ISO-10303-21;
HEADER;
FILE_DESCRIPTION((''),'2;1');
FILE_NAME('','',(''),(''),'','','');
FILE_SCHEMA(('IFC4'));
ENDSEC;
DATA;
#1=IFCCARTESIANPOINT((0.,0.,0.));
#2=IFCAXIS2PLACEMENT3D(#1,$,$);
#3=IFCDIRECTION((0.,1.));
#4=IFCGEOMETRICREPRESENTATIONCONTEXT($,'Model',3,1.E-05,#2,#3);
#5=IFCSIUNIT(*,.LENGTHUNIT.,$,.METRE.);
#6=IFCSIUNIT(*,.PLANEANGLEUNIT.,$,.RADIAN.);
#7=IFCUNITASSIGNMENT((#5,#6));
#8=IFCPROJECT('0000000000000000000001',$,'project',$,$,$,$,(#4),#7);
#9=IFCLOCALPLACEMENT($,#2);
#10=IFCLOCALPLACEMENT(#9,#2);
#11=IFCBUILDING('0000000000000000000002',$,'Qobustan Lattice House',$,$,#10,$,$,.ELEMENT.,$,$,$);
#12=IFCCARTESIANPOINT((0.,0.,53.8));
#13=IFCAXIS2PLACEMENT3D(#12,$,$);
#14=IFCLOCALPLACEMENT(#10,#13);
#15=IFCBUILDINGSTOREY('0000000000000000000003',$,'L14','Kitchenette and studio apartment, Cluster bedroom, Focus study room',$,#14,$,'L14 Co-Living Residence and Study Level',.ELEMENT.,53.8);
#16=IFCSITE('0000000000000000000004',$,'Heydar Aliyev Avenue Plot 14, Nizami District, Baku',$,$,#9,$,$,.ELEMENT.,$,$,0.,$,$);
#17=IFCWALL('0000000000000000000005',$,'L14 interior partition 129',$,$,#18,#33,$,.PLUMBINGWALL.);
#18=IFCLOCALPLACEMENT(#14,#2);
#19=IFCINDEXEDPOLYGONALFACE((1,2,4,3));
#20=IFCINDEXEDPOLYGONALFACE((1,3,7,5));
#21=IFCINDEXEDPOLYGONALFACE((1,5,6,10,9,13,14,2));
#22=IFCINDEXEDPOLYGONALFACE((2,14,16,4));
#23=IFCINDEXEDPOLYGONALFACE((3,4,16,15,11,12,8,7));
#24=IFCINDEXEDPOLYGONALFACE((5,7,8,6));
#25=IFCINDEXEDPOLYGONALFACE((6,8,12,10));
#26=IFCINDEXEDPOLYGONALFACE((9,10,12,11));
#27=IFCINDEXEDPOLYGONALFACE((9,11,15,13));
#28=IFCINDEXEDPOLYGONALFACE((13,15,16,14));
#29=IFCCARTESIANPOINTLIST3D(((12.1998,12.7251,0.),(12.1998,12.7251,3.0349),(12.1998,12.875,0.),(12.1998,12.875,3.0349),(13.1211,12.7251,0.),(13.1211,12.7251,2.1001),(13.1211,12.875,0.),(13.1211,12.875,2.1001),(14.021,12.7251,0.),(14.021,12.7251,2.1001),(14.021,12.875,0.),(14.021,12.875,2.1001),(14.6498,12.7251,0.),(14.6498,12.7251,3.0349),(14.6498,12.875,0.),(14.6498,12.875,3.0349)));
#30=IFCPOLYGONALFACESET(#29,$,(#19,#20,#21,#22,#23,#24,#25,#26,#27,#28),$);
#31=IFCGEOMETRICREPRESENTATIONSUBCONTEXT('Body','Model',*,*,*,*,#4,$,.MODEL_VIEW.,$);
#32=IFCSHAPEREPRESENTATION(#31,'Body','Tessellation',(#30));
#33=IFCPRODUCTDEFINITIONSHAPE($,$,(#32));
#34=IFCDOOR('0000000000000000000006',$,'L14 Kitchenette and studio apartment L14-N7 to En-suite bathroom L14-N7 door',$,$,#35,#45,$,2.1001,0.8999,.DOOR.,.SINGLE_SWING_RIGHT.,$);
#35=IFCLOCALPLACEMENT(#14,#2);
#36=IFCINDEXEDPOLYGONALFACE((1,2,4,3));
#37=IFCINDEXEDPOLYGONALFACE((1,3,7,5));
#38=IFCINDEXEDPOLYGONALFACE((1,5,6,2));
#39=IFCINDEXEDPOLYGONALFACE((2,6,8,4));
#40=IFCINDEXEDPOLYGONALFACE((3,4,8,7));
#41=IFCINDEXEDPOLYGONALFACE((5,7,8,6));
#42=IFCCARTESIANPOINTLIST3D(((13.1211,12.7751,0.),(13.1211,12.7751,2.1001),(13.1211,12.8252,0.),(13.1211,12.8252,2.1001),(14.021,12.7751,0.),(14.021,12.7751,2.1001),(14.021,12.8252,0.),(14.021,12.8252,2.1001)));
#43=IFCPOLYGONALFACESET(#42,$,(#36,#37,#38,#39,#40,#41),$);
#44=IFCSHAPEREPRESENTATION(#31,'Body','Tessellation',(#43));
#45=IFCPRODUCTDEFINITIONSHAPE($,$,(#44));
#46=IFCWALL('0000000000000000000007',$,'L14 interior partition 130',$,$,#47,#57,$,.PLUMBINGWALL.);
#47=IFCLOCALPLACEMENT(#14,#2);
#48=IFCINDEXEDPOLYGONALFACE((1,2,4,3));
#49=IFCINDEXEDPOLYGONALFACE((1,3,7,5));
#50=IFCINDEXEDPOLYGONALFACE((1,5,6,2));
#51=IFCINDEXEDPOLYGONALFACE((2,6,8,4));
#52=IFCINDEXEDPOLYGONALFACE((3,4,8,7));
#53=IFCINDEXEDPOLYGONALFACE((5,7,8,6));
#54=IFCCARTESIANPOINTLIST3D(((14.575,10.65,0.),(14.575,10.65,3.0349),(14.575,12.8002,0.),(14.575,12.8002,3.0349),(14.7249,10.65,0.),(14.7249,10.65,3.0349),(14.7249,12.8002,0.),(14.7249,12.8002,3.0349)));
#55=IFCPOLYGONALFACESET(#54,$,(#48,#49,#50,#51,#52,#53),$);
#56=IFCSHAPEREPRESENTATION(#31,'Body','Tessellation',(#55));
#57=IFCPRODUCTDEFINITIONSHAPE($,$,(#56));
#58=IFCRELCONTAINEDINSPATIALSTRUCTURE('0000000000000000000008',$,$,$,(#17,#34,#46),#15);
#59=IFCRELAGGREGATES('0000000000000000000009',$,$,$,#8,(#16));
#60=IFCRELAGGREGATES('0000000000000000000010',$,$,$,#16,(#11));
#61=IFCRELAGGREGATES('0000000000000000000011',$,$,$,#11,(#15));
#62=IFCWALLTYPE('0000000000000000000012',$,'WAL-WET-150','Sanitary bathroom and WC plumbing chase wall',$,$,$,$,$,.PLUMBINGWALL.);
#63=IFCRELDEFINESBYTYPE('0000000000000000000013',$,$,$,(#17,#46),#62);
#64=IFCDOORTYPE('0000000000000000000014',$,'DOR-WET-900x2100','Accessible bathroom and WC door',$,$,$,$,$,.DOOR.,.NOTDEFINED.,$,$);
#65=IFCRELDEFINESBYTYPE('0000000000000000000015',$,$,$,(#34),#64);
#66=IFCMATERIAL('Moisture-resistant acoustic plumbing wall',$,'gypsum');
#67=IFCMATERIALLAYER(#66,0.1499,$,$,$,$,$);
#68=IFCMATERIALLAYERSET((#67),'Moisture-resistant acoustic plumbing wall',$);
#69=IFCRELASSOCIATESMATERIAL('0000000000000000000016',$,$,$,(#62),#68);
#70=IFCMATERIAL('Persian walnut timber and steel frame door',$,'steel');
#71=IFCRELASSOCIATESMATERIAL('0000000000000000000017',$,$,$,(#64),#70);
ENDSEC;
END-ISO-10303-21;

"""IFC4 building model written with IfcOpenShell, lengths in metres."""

from ifc_helpers import new_model, si_unit, direction, frame, frame_2d, origin, place, context, subcontext, project, spatial, rectangle, extrude, material, layer, layer_set, type_object, element, fill, save


model = new_model("IFC4")

# Units and contexts
model_context = context("Model", 3, precision=1e-05, world=origin(), true_north=direction((0.0, 1.0)))
body_context = subcontext(model_context, "Body", "Model", "MODEL_VIEW")
ifc_project = project(units=[si_unit("LENGTHUNIT", "METRE"), si_unit("PLANEANGLEUNIT", "RADIAN")], contexts=[model_context])

# Site, building, storey
site_placement = place(None, origin())
site = spatial("IfcSite", under=ifc_project, at=site_placement, Name="Heydar Aliyev Avenue Plot 14, Nizami District, Baku", CompositionType="ELEMENT", RefElevation=0.0)
building_placement = place(site_placement, origin())
building = spatial("IfcBuilding", under=site, at=building_placement, Name="Qobustan Lattice House", CompositionType="ELEMENT")
storey_placement = place(building_placement, frame((0.0, 0.0, 53.8)))
storey = spatial("IfcBuildingStorey", under=building, at=storey_placement, Name="L14", Description="Kitchenette and studio apartment, Cluster bedroom, Focus study room", LongName="L14 Co-Living Residence and Study Level", CompositionType="ELEMENT", Elevation=53.8)

# Shared definitions
ifc_material_1 = material(Name="Moisture-resistant acoustic plumbing wall", Category="gypsum")
ifc_layer_1 = layer(ifc_material_1, 0.1499)
ifc_layer_set_1 = layer_set([ifc_layer_1], Name="Moisture-resistant acoustic plumbing wall")
wall_type_1 = type_object("IfcWallType", Name="WAL-WET-150", Description="Sanitary bathroom and WC plumbing chase wall", PredefinedType="PLUMBINGWALL", material=ifc_layer_set_1)

# Shared definitions
ifc_material_2 = material(Name="Persian walnut timber and steel frame door", Category="steel")
door_type_1 = type_object("IfcDoorType", Name="DOR-WET-900x2100", Description="Accessible bathroom and WC door", OperationType="NOTDEFINED", PredefinedType="DOOR", material=ifc_material_2)

# Wall, opening, door
wall_1_placement = place(storey_placement, frame((14.6499, 12.8, 0.0), z_axis=(0.0, 0.0, 1.0), x_axis=(-1.0, 0.0, 0.0)))
wall_1 = element("IfcWall", 1, at=wall_1_placement, inside=storey, type_object=wall_type_1, Name="L14 interior partition 129", PredefinedType="PLUMBINGWALL", context=body_context, shape_type="SweptSolid", body=[
    extrude(rectangle(XDim=2.45, YDim=0.1499, at=frame_2d((1.2251, 0.0))), origin(), (0.0, 0.0, 1.0), 3.0349),
])
opening_1_placement = place(wall_1_placement, frame((0.6289, 0.0, 0.0)))
opening_1 = element("IfcOpeningElement", 2, at=opening_1_placement, cuts=wall_1, PredefinedType="OPENING", context=body_context, shape_type="SweptSolid", body=[
    extrude(rectangle(XDim=0.8999, YDim=2.1001, at=frame_2d((0.45, 1.05))), frame((0.0, 0.085, 0.0), z_axis=(0.0, -1.0, 0.0), x_axis=(1.0, 0.0, 0.0)), (0.0, 0.0, 1.0), 0.1699),
])
door_1_placement = place(opening_1_placement, origin())
door_1 = element("IfcDoor", 3, at=door_1_placement, inside=storey, type_object=door_type_1, Name="L14 Kitchenette and studio apartment L14-N7 to En-suite bathroom L14-N7 door", OperationType="SINGLE_SWING_RIGHT", OverallHeight=2.1001, OverallWidth=0.8999, PredefinedType="DOOR", context=body_context, shape_type="SweptSolid", body=[
    extrude(rectangle(XDim=0.8999, YDim=2.1001, at=frame_2d((0.45, 1.05))), frame((0.0, 0.0249, 0.0), z_axis=(0.0, -1.0, 0.0), x_axis=(1.0, 0.0, 0.0)), (0.0, 0.0, 1.0), 0.05),
])
fill(opening_1, door_1)

# Wall
wall_2_placement = place(storey_placement, frame((14.6499, 10.6499, 0.0), z_axis=(0.0, 0.0, 1.0), x_axis=(0.0, 1.0, 0.0)))
element("IfcWall", 4, at=wall_2_placement, inside=storey, type_object=wall_type_1, Name="L14 interior partition 130", PredefinedType="PLUMBINGWALL", context=body_context, shape_type="SweptSolid", body=[
    extrude(rectangle(XDim=2.1501, YDim=0.1499, at=frame_2d((1.0752, 0.0))), origin(), (0.0, 0.0, 1.0), 3.0349),
])

save(model, "model.ifc")
